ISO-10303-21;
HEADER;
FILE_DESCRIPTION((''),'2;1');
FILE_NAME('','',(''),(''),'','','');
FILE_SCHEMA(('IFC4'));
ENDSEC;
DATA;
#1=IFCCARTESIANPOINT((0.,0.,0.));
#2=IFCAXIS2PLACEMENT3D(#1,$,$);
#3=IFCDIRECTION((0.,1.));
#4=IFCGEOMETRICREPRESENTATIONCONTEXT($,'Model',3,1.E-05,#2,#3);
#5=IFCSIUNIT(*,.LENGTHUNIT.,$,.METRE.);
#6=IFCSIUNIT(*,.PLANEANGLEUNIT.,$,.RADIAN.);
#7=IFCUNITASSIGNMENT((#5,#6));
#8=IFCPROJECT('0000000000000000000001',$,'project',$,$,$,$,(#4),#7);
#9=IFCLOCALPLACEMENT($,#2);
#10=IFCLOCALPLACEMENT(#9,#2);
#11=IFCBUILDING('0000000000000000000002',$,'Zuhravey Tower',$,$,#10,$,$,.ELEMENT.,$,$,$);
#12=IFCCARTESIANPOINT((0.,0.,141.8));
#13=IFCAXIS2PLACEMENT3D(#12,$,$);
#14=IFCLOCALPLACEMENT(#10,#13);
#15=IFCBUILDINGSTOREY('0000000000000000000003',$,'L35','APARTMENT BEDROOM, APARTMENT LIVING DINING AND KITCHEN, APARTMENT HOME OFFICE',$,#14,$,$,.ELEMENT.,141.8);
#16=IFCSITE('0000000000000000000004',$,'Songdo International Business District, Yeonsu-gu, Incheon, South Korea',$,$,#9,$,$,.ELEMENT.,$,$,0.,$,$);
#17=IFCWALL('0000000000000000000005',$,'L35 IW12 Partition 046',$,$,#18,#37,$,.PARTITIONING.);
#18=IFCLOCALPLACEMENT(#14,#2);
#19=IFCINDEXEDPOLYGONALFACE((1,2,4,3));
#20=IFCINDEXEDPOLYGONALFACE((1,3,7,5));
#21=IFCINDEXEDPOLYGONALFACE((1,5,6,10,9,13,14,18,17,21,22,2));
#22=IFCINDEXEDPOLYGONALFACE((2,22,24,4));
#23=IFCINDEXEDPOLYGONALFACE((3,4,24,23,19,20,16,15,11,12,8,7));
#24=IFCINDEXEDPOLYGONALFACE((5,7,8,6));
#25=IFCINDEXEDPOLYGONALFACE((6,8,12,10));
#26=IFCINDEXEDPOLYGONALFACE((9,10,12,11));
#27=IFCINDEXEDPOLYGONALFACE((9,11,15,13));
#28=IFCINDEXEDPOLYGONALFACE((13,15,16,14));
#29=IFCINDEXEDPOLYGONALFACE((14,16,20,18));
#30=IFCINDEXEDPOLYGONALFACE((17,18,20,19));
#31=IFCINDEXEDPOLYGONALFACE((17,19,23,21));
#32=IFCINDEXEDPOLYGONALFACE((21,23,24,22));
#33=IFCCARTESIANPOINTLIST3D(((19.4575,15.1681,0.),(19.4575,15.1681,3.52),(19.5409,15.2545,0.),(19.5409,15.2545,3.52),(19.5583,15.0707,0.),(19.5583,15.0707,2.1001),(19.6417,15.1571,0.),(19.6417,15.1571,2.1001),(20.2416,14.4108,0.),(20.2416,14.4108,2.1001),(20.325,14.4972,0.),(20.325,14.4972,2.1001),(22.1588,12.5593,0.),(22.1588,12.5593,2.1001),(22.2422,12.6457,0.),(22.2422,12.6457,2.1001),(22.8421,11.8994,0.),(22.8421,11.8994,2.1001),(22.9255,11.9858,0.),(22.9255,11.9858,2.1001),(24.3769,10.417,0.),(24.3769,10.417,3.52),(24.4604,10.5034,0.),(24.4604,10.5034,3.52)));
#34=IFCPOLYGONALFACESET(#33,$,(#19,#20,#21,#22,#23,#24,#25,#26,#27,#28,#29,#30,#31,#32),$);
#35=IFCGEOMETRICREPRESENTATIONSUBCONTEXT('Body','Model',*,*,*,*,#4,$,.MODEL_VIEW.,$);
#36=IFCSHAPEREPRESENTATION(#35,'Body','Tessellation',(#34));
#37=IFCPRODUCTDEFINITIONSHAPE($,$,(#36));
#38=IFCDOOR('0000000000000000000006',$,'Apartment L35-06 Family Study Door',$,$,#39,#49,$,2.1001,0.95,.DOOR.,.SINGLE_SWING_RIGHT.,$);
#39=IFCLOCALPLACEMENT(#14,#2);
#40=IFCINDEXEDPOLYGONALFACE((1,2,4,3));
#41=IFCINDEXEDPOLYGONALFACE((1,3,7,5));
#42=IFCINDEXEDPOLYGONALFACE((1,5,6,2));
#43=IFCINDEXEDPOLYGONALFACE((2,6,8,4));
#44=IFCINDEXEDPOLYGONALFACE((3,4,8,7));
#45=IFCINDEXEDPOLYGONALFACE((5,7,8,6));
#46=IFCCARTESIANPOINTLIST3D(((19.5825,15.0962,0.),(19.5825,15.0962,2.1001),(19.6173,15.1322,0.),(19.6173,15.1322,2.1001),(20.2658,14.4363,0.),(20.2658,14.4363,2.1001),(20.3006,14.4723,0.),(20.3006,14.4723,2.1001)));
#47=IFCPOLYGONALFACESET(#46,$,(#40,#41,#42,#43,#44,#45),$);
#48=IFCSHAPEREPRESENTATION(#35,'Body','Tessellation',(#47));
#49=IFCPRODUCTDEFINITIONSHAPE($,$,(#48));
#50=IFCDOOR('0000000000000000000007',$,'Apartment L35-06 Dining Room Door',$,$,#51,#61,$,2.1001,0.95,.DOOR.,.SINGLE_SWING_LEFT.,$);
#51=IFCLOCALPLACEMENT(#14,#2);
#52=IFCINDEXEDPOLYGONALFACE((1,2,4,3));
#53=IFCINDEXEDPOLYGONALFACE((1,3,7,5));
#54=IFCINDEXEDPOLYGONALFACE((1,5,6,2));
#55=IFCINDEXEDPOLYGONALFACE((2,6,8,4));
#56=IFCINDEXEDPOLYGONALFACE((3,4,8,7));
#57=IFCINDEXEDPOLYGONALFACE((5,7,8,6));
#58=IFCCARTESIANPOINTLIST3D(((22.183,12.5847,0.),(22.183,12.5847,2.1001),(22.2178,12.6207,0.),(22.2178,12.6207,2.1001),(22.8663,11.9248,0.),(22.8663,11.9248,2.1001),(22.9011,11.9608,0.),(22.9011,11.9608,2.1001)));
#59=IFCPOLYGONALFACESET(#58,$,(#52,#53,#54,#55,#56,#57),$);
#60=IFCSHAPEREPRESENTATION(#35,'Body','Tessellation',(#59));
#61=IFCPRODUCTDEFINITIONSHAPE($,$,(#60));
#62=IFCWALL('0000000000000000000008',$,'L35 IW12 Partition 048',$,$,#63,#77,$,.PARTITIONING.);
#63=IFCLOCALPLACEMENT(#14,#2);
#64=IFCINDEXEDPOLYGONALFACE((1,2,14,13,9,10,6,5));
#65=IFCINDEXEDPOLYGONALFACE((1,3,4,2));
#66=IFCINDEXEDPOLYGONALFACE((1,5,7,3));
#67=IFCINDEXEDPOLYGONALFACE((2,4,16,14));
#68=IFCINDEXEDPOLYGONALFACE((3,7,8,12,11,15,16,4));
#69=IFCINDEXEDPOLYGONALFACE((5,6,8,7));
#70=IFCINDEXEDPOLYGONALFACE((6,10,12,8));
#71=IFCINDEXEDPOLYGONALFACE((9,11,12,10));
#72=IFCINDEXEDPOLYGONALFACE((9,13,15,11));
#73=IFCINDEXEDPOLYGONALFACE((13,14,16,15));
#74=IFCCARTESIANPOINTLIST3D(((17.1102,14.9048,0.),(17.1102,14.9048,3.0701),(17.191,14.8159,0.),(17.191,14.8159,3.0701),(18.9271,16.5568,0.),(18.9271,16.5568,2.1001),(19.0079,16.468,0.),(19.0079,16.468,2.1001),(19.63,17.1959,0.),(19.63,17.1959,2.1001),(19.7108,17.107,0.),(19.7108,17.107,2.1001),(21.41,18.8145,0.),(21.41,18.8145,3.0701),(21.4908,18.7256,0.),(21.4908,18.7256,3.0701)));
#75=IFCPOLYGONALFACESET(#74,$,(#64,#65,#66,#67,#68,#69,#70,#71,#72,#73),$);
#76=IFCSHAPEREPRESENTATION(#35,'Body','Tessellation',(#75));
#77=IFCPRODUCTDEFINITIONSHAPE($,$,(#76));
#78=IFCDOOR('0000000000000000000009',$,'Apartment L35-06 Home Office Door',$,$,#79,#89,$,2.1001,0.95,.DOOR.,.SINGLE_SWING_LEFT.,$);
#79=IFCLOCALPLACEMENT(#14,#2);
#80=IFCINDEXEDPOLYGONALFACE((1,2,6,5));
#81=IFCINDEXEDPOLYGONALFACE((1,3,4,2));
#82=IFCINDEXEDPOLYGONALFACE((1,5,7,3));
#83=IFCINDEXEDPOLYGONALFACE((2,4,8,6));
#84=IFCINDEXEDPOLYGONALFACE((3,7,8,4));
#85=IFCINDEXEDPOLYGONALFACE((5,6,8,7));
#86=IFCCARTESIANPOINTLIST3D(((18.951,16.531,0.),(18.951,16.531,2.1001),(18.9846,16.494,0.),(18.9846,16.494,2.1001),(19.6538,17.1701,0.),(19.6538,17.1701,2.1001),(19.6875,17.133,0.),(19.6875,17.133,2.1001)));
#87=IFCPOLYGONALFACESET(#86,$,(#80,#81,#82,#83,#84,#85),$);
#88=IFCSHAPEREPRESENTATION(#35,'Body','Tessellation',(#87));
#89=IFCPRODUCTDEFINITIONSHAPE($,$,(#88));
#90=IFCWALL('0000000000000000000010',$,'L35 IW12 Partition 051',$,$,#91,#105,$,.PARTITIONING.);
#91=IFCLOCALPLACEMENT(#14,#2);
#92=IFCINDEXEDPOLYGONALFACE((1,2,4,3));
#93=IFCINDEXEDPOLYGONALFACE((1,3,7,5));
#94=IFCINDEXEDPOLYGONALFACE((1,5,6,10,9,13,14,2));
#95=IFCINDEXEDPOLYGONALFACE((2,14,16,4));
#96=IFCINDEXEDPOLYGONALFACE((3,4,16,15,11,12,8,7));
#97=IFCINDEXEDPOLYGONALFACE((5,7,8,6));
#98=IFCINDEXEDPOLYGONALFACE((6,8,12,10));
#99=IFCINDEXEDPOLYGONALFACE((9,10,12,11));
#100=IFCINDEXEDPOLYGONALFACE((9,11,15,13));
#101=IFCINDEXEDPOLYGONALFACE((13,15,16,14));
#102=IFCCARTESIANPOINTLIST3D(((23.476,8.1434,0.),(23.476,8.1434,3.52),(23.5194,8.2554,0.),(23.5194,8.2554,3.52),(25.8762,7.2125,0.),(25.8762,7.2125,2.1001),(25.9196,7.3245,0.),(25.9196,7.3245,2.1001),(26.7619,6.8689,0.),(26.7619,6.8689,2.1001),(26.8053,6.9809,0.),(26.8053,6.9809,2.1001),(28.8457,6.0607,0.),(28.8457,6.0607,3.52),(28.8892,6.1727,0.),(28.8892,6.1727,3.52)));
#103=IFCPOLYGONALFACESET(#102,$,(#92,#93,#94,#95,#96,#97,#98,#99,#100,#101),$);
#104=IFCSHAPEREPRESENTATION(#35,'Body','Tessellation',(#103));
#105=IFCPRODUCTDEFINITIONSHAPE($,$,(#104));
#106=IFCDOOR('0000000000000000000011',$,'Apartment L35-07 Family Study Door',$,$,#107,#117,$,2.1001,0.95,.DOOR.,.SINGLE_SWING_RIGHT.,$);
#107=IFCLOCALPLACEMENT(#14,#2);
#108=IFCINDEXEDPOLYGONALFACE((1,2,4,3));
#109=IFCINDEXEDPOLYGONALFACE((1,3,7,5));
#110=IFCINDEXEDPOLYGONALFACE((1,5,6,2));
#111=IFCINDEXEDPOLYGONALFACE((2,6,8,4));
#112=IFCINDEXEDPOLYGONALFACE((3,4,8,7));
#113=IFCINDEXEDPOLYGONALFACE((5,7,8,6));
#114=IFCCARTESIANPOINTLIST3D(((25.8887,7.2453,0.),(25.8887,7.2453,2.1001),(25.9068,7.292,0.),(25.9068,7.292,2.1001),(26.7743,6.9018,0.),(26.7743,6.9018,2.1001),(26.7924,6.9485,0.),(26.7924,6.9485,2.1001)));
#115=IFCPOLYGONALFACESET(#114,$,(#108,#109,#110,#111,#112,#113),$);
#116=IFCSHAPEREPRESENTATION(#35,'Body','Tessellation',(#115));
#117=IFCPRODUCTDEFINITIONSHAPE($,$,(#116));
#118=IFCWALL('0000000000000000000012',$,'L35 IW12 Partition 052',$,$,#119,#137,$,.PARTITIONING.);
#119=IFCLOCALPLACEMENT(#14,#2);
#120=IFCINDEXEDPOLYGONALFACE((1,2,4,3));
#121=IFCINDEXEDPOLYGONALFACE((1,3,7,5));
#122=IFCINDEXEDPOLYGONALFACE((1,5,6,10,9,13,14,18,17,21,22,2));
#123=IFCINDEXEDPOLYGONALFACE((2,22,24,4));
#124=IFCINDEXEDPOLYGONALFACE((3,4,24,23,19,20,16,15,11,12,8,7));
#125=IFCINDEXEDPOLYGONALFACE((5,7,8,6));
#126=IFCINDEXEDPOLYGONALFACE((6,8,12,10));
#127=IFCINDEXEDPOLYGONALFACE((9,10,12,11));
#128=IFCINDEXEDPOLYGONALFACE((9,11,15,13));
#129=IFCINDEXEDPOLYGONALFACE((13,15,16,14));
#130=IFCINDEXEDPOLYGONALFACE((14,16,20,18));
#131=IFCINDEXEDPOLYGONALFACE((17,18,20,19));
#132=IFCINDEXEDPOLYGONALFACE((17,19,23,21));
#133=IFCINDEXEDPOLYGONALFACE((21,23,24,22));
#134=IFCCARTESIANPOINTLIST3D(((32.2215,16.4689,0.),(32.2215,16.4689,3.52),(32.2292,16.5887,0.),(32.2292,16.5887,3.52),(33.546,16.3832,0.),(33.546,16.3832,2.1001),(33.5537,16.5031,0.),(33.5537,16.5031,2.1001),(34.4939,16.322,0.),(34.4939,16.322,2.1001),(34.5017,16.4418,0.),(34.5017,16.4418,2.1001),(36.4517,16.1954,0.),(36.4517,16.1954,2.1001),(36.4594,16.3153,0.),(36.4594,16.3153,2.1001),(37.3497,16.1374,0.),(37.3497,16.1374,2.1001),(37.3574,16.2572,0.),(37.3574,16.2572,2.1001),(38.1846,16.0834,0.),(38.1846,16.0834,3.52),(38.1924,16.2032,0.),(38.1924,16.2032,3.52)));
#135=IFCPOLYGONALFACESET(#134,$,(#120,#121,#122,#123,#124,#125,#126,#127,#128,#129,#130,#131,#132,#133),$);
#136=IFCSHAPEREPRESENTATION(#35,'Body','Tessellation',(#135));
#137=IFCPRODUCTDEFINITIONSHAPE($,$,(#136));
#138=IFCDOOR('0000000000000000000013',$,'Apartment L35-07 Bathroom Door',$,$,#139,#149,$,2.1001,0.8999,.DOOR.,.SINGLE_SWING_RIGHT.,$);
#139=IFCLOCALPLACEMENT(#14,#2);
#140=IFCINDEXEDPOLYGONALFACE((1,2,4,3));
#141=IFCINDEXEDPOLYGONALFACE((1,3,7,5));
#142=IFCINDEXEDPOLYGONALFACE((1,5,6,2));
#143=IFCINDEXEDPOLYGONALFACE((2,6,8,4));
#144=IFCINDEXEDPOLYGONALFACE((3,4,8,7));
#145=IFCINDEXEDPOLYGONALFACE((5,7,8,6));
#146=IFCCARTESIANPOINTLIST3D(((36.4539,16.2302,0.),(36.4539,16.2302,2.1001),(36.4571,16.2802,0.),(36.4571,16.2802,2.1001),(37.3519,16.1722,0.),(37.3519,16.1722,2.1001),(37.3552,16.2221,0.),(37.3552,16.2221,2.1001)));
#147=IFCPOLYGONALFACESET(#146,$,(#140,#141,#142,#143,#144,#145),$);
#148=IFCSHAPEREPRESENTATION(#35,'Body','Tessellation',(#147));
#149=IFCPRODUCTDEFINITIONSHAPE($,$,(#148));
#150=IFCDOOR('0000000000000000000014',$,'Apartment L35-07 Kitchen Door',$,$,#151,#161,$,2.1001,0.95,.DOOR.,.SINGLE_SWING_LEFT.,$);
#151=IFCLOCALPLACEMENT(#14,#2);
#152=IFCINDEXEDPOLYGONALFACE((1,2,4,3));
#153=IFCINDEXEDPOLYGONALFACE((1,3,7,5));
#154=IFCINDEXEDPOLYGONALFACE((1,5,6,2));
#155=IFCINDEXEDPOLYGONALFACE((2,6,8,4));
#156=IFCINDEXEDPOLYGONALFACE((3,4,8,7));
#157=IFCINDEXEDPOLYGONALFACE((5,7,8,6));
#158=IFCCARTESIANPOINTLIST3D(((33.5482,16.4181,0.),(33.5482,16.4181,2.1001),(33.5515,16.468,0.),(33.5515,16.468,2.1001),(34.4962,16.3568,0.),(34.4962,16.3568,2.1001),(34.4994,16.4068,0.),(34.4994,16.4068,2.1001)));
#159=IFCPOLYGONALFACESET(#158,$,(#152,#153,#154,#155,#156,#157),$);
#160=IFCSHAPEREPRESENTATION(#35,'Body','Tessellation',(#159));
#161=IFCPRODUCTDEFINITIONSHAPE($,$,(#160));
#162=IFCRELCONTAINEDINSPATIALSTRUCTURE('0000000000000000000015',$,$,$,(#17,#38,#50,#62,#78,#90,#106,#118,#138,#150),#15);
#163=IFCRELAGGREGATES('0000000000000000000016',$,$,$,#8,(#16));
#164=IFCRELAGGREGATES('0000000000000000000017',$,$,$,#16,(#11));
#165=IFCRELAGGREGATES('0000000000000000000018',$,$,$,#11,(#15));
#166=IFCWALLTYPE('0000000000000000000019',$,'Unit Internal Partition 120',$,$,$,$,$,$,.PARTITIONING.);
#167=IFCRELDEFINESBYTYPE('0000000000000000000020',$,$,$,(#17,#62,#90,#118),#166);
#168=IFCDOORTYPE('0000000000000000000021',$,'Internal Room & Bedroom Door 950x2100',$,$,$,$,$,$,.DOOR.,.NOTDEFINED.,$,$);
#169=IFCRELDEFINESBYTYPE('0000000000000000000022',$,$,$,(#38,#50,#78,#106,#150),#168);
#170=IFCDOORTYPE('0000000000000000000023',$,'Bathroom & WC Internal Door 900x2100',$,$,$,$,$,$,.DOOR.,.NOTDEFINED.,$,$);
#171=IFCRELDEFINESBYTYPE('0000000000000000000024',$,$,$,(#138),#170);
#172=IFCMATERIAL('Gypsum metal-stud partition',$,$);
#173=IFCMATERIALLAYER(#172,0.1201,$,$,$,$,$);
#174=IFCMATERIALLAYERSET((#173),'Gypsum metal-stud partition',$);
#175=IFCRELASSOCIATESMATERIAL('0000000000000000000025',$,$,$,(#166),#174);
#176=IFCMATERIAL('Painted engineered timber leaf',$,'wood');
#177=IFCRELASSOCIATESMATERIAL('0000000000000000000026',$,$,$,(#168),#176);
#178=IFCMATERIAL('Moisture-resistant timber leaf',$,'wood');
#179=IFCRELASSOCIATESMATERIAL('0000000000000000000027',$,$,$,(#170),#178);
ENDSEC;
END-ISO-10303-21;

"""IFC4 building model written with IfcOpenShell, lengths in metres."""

from ifc_helpers import new_model, si_unit, direction, frame, frame_2d, origin, place, context, subcontext, project, spatial, rectangle, extrude, material, layer, layer_set, type_object, element, fill, save


model = new_model("IFC4")

# Units and contexts
model_context = context("Model", 3, precision=1e-05, world=origin(), true_north=direction((0.0, 1.0)))
body_context = subcontext(model_context, "Body", "Model", "MODEL_VIEW")
ifc_project = project(units=[si_unit("LENGTHUNIT", "METRE"), si_unit("PLANEANGLEUNIT", "RADIAN")], contexts=[model_context])

# Site, building, storey
site_placement = place(None, origin())
site = spatial("IfcSite", under=ifc_project, at=site_placement, Name="Songdo International Business District, Yeonsu-gu, Incheon, South Korea", CompositionType="ELEMENT", RefElevation=0.0)
building_placement = place(site_placement, origin())
building = spatial("IfcBuilding", under=site, at=building_placement, Name="Zuhravey Tower", CompositionType="ELEMENT")
storey_placement = place(building_placement, frame((0.0, 0.0, 141.8)))
storey = spatial("IfcBuildingStorey", under=building, at=storey_placement, Name="L35", Description="APARTMENT BEDROOM, APARTMENT LIVING DINING AND KITCHEN, APARTMENT HOME OFFICE", CompositionType="ELEMENT", Elevation=141.8)

# Wall, openings, doors
ifc_material_1 = material(Name="Gypsum metal-stud partition")
ifc_layer = layer(ifc_material_1, 0.1201)
ifc_layer_set = layer_set([ifc_layer], Name="Gypsum metal-stud partition")
wall_type = type_object("IfcWallType", Name="Unit Internal Partition 120", PredefinedType="PARTITIONING", material=ifc_layer_set)
wall_1_placement = place(storey_placement, frame((19.4993, 15.2112, 0.0), z_axis=(0.0, 0.0, 1.0), x_axis=(0.719315, -0.694684, 0.0)))
wall_1 = element("IfcWall", 1, at=wall_1_placement, inside=storey, type_object=wall_type, Name="L35 IW12 Partition 046", PredefinedType="PARTITIONING", context=body_context, shape_type="SweptSolid", body=[
    extrude(rectangle(XDim=6.8391, YDim=0.1201, at=frame_2d((3.4194, 0.0))), origin(), (0.0, 0.0, 1.0), 3.52),
])
opening_1_placement = place(wall_1_placement, frame((0.1399, 0.0, 0.0)))
opening_1 = element("IfcOpeningElement", 2, at=opening_1_placement, cuts=wall_1, PredefinedType="OPENING", context=body_context, shape_type="SweptSolid", body=[
    extrude(rectangle(XDim=0.95, YDim=2.1001, at=frame_2d((0.4751, 1.05))), frame((0.0, 0.072, 0.0), z_axis=(0.0, -1.0, 0.0), x_axis=(1.0, 0.0, 0.0)), (0.0, 0.0, 1.0), 0.144),
])
opening_2_placement = place(wall_1_placement, frame((3.7551, 0.0, 0.0)))
opening_2 = element("IfcOpeningElement", 3, at=opening_2_placement, cuts=wall_1, PredefinedType="OPENING", context=body_context, shape_type="SweptSolid", body=[
    extrude(rectangle(XDim=0.95, YDim=2.1001, at=frame_2d((0.4751, 1.05))), frame((0.0, 0.072, 0.0), z_axis=(0.0, -1.0, 0.0), x_axis=(1.0, 0.0, 0.0)), (0.0, 0.0, 1.0), 0.144),
])
ifc_material_2 = material(Name="Painted engineered timber leaf", Category="wood")
door_type_1 = type_object("IfcDoorType", Name="Internal Room & Bedroom Door 950x2100", OperationType="NOTDEFINED", PredefinedType="DOOR", material=ifc_material_2)
door_1_placement = place(opening_1_placement, frame((0.95, 0.0, 0.0), z_axis=(0.0, 0.0, 1.0), x_axis=(-1.0, 0.0, 0.0)))
door_1 = element("IfcDoor", 4, at=door_1_placement, inside=storey, type_object=door_type_1, Name="Apartment L35-06 Family Study Door", OperationType="SINGLE_SWING_RIGHT", OverallHeight=2.1001, OverallWidth=0.95, PredefinedType="DOOR", context=body_context, shape_type="SweptSolid", body=[
    extrude(rectangle(XDim=0.95, YDim=2.1001, at=frame_2d((0.4751, 1.05))), frame((0.0, 0.0249, 0.0), z_axis=(0.0, -1.0, 0.0), x_axis=(1.0, 0.0, 0.0)), (0.0, 0.0, 1.0), 0.05),
])
fill(opening_1, door_1)
door_2_placement = place(opening_2_placement, frame((0.95, 0.0, 0.0), z_axis=(0.0, 0.0, 1.0), x_axis=(-1.0, 0.0, 0.0)))
door_2 = element("IfcDoor", 5, at=door_2_placement, inside=storey, type_object=door_type_1, Name="Apartment L35-06 Dining Room Door", OperationType="SINGLE_SWING_LEFT", OverallHeight=2.1001, OverallWidth=0.95, PredefinedType="DOOR", context=body_context, shape_type="SweptSolid", body=[
    extrude(rectangle(XDim=0.95, YDim=2.1001, at=frame_2d((0.4751, 1.05))), frame((0.0, 0.0249, 0.0), z_axis=(0.0, -1.0, 0.0), x_axis=(1.0, 0.0, 0.0)), (0.0, 0.0, 1.0), 0.05),
])
fill(opening_2, door_2)

# Walls, openings, doors
wall_2_placement = place(storey_placement, frame((21.4504, 18.77, 0.0), z_axis=(0.0, 0.0, 1.0), x_axis=(-0.739875, -0.672744, 0.0)))
wall_2 = element("IfcWall", 6, at=wall_2_placement, inside=storey, type_object=wall_type, Name="L35 IW12 Partition 048", PredefinedType="PARTITIONING", context=body_context, shape_type="SweptSolid", body=[
    extrude(rectangle(XDim=5.8115, YDim=0.1201, at=frame_2d((2.9058, 0.0))), origin(), (0.0, 0.0, 1.0), 3.0701),
])
opening_3_placement = place(wall_2_placement, frame((2.4058, 0.0, 0.0)))
opening_3 = element("IfcOpeningElement", 7, at=opening_3_placement, cuts=wall_2, PredefinedType="OPENING", context=body_context, shape_type="SweptSolid", body=[
    extrude(rectangle(XDim=0.95, YDim=2.1001, at=frame_2d((0.4751, 1.05))), frame((0.0, 0.072, 0.0), z_axis=(0.0, -1.0, 0.0), x_axis=(1.0, 0.0, 0.0)), (0.0, 0.0, 1.0), 0.144),
])
door_3_placement = place(opening_3_placement, frame((0.95, 0.0, 0.0), z_axis=(0.0, 0.0, 1.0), x_axis=(-1.0, 0.0, 0.0)))
door_3 = element("IfcDoor", 8, at=door_3_placement, inside=storey, type_object=door_type_1, Name="Apartment L35-06 Home Office Door", OperationType="SINGLE_SWING_LEFT", OverallHeight=2.1001, OverallWidth=0.95, PredefinedType="DOOR", context=body_context, shape_type="SweptSolid", body=[
    extrude(rectangle(XDim=0.95, YDim=2.1001, at=frame_2d((0.4751, 1.05))), frame((0.0, 0.0249, 0.0), z_axis=(0.0, -1.0, 0.0), x_axis=(1.0, 0.0, 0.0)), (0.0, 0.0, 1.0), 0.05),
])
fill(opening_3, door_3)
wall_3_placement = place(storey_placement, frame((23.4976, 8.1995, 0.0), z_axis=(0.0, 0.0, 1.0), x_axis=(0.932328, -0.361614, 0.0)))
wall_3 = element("IfcWall", 9, at=wall_3_placement, inside=storey, type_object=wall_type, Name="L35 IW12 Partition 051", PredefinedType="PARTITIONING", context=body_context, shape_type="SweptSolid", body=[
    extrude(rectangle(XDim=5.7595, YDim=0.1201, at=frame_2d((2.8799, 0.0))), origin(), (0.0, 0.0, 1.0), 3.52),
])
opening_4_placement = place(wall_3_placement, frame((2.5745, 0.0, 0.0)))
opening_4 = element("IfcOpeningElement", 10, at=opening_4_placement, cuts=wall_3, PredefinedType="OPENING", context=body_context, shape_type="SweptSolid", body=[
    extrude(rectangle(XDim=0.95, YDim=2.1001, at=frame_2d((0.4751, 1.05))), frame((0.0, 0.072, 0.0), z_axis=(0.0, -1.0, 0.0), x_axis=(1.0, 0.0, 0.0)), (0.0, 0.0, 1.0), 0.144),
])
door_4_placement = place(opening_4_placement, frame((0.95, 0.0, 0.0), z_axis=(0.0, 0.0, 1.0), x_axis=(-1.0, 0.0, 0.0)))
door_4 = element("IfcDoor", 11, at=door_4_placement, inside=storey, type_object=door_type_1, Name="Apartment L35-07 Family Study Door", OperationType="SINGLE_SWING_RIGHT", OverallHeight=2.1001, OverallWidth=0.95, PredefinedType="DOOR", context=body_context, shape_type="SweptSolid", body=[
    extrude(rectangle(XDim=0.95, YDim=2.1001, at=frame_2d((0.4751, 1.05))), frame((0.0, 0.0249, 0.0), z_axis=(0.0, -1.0, 0.0), x_axis=(1.0, 0.0, 0.0)), (0.0, 0.0, 1.0), 0.05),
])
fill(opening_4, door_4)

# Wall, openings, doors
wall_4_placement = place(storey_placement, frame((32.2253, 16.5288, 0.0), z_axis=(0.0, 0.0, 1.0), x_axis=(0.997917, -0.064512, 0.0)))
wall_4 = element("IfcWall", 12, at=wall_4_placement, inside=storey, type_object=wall_type, Name="L35 IW12 Partition 052", PredefinedType="PARTITIONING", context=body_context, shape_type="SweptSolid", body=[
    extrude(rectangle(XDim=5.9756, YDim=0.1201, at=frame_2d((2.9878, 0.0))), origin(), (0.0, 0.0, 1.0), 3.52),
])
opening_5_placement = place(wall_4_placement, frame((1.3271, 0.0, 0.0)))
opening_5 = element("IfcOpeningElement", 13, at=opening_5_placement, cuts=wall_4, PredefinedType="OPENING", context=body_context, shape_type="SweptSolid", body=[
    extrude(rectangle(XDim=0.95, YDim=2.1001, at=frame_2d((0.4751, 1.05))), frame((0.0, 0.072, 0.0), z_axis=(0.0, -1.0, 0.0), x_axis=(1.0, 0.0, 0.0)), (0.0, 0.0, 1.0), 0.144),
])
opening_6_placement = place(wall_4_placement, frame((4.239, 0.0, 0.0)))
opening_6 = element("IfcOpeningElement", 14, at=opening_6_placement, cuts=wall_4, PredefinedType="OPENING", context=body_context, shape_type="SweptSolid", body=[
    extrude(rectangle(XDim=0.8999, YDim=2.1001, at=frame_2d((0.45, 1.05))), frame((0.0, 0.072, 0.0), z_axis=(0.0, -1.0, 0.0), x_axis=(1.0, 0.0, 0.0)), (0.0, 0.0, 1.0), 0.144),
])
ifc_material_3 = material(Name="Moisture-resistant timber leaf", Category="wood")
door_type_2 = type_object("IfcDoorType", Name="Bathroom & WC Internal Door 900x2100", OperationType="NOTDEFINED", PredefinedType="DOOR", material=ifc_material_3)
door_5_placement = place(opening_6_placement, origin())
door_5 = element("IfcDoor", 15, at=door_5_placement, inside=storey, type_object=door_type_2, Name="Apartment L35-07 Bathroom Door", OperationType="SINGLE_SWING_RIGHT", OverallHeight=2.1001, OverallWidth=0.8999, PredefinedType="DOOR", context=body_context, shape_type="SweptSolid", body=[
    extrude(rectangle(XDim=0.8999, YDim=2.1001, at=frame_2d((0.45, 1.05))), frame((0.0, 0.0249, 0.0), z_axis=(0.0, -1.0, 0.0), x_axis=(1.0, 0.0, 0.0)), (0.0, 0.0, 1.0), 0.05),
])
fill(opening_6, door_5)
door_6_placement = place(opening_5_placement, origin())
door_6 = element("IfcDoor", 16, at=door_6_placement, inside=storey, type_object=door_type_1, Name="Apartment L35-07 Kitchen Door", OperationType="SINGLE_SWING_LEFT", OverallHeight=2.1001, OverallWidth=0.95, PredefinedType="DOOR", context=body_context, shape_type="SweptSolid", body=[
    extrude(rectangle(XDim=0.95, YDim=2.1001, at=frame_2d((0.4751, 1.05))), frame((0.0, 0.0249, 0.0), z_axis=(0.0, -1.0, 0.0), x_axis=(1.0, 0.0, 0.0)), (0.0, 0.0, 1.0), 0.05),
])
fill(opening_5, door_6)

save(model, "model.ifc")
